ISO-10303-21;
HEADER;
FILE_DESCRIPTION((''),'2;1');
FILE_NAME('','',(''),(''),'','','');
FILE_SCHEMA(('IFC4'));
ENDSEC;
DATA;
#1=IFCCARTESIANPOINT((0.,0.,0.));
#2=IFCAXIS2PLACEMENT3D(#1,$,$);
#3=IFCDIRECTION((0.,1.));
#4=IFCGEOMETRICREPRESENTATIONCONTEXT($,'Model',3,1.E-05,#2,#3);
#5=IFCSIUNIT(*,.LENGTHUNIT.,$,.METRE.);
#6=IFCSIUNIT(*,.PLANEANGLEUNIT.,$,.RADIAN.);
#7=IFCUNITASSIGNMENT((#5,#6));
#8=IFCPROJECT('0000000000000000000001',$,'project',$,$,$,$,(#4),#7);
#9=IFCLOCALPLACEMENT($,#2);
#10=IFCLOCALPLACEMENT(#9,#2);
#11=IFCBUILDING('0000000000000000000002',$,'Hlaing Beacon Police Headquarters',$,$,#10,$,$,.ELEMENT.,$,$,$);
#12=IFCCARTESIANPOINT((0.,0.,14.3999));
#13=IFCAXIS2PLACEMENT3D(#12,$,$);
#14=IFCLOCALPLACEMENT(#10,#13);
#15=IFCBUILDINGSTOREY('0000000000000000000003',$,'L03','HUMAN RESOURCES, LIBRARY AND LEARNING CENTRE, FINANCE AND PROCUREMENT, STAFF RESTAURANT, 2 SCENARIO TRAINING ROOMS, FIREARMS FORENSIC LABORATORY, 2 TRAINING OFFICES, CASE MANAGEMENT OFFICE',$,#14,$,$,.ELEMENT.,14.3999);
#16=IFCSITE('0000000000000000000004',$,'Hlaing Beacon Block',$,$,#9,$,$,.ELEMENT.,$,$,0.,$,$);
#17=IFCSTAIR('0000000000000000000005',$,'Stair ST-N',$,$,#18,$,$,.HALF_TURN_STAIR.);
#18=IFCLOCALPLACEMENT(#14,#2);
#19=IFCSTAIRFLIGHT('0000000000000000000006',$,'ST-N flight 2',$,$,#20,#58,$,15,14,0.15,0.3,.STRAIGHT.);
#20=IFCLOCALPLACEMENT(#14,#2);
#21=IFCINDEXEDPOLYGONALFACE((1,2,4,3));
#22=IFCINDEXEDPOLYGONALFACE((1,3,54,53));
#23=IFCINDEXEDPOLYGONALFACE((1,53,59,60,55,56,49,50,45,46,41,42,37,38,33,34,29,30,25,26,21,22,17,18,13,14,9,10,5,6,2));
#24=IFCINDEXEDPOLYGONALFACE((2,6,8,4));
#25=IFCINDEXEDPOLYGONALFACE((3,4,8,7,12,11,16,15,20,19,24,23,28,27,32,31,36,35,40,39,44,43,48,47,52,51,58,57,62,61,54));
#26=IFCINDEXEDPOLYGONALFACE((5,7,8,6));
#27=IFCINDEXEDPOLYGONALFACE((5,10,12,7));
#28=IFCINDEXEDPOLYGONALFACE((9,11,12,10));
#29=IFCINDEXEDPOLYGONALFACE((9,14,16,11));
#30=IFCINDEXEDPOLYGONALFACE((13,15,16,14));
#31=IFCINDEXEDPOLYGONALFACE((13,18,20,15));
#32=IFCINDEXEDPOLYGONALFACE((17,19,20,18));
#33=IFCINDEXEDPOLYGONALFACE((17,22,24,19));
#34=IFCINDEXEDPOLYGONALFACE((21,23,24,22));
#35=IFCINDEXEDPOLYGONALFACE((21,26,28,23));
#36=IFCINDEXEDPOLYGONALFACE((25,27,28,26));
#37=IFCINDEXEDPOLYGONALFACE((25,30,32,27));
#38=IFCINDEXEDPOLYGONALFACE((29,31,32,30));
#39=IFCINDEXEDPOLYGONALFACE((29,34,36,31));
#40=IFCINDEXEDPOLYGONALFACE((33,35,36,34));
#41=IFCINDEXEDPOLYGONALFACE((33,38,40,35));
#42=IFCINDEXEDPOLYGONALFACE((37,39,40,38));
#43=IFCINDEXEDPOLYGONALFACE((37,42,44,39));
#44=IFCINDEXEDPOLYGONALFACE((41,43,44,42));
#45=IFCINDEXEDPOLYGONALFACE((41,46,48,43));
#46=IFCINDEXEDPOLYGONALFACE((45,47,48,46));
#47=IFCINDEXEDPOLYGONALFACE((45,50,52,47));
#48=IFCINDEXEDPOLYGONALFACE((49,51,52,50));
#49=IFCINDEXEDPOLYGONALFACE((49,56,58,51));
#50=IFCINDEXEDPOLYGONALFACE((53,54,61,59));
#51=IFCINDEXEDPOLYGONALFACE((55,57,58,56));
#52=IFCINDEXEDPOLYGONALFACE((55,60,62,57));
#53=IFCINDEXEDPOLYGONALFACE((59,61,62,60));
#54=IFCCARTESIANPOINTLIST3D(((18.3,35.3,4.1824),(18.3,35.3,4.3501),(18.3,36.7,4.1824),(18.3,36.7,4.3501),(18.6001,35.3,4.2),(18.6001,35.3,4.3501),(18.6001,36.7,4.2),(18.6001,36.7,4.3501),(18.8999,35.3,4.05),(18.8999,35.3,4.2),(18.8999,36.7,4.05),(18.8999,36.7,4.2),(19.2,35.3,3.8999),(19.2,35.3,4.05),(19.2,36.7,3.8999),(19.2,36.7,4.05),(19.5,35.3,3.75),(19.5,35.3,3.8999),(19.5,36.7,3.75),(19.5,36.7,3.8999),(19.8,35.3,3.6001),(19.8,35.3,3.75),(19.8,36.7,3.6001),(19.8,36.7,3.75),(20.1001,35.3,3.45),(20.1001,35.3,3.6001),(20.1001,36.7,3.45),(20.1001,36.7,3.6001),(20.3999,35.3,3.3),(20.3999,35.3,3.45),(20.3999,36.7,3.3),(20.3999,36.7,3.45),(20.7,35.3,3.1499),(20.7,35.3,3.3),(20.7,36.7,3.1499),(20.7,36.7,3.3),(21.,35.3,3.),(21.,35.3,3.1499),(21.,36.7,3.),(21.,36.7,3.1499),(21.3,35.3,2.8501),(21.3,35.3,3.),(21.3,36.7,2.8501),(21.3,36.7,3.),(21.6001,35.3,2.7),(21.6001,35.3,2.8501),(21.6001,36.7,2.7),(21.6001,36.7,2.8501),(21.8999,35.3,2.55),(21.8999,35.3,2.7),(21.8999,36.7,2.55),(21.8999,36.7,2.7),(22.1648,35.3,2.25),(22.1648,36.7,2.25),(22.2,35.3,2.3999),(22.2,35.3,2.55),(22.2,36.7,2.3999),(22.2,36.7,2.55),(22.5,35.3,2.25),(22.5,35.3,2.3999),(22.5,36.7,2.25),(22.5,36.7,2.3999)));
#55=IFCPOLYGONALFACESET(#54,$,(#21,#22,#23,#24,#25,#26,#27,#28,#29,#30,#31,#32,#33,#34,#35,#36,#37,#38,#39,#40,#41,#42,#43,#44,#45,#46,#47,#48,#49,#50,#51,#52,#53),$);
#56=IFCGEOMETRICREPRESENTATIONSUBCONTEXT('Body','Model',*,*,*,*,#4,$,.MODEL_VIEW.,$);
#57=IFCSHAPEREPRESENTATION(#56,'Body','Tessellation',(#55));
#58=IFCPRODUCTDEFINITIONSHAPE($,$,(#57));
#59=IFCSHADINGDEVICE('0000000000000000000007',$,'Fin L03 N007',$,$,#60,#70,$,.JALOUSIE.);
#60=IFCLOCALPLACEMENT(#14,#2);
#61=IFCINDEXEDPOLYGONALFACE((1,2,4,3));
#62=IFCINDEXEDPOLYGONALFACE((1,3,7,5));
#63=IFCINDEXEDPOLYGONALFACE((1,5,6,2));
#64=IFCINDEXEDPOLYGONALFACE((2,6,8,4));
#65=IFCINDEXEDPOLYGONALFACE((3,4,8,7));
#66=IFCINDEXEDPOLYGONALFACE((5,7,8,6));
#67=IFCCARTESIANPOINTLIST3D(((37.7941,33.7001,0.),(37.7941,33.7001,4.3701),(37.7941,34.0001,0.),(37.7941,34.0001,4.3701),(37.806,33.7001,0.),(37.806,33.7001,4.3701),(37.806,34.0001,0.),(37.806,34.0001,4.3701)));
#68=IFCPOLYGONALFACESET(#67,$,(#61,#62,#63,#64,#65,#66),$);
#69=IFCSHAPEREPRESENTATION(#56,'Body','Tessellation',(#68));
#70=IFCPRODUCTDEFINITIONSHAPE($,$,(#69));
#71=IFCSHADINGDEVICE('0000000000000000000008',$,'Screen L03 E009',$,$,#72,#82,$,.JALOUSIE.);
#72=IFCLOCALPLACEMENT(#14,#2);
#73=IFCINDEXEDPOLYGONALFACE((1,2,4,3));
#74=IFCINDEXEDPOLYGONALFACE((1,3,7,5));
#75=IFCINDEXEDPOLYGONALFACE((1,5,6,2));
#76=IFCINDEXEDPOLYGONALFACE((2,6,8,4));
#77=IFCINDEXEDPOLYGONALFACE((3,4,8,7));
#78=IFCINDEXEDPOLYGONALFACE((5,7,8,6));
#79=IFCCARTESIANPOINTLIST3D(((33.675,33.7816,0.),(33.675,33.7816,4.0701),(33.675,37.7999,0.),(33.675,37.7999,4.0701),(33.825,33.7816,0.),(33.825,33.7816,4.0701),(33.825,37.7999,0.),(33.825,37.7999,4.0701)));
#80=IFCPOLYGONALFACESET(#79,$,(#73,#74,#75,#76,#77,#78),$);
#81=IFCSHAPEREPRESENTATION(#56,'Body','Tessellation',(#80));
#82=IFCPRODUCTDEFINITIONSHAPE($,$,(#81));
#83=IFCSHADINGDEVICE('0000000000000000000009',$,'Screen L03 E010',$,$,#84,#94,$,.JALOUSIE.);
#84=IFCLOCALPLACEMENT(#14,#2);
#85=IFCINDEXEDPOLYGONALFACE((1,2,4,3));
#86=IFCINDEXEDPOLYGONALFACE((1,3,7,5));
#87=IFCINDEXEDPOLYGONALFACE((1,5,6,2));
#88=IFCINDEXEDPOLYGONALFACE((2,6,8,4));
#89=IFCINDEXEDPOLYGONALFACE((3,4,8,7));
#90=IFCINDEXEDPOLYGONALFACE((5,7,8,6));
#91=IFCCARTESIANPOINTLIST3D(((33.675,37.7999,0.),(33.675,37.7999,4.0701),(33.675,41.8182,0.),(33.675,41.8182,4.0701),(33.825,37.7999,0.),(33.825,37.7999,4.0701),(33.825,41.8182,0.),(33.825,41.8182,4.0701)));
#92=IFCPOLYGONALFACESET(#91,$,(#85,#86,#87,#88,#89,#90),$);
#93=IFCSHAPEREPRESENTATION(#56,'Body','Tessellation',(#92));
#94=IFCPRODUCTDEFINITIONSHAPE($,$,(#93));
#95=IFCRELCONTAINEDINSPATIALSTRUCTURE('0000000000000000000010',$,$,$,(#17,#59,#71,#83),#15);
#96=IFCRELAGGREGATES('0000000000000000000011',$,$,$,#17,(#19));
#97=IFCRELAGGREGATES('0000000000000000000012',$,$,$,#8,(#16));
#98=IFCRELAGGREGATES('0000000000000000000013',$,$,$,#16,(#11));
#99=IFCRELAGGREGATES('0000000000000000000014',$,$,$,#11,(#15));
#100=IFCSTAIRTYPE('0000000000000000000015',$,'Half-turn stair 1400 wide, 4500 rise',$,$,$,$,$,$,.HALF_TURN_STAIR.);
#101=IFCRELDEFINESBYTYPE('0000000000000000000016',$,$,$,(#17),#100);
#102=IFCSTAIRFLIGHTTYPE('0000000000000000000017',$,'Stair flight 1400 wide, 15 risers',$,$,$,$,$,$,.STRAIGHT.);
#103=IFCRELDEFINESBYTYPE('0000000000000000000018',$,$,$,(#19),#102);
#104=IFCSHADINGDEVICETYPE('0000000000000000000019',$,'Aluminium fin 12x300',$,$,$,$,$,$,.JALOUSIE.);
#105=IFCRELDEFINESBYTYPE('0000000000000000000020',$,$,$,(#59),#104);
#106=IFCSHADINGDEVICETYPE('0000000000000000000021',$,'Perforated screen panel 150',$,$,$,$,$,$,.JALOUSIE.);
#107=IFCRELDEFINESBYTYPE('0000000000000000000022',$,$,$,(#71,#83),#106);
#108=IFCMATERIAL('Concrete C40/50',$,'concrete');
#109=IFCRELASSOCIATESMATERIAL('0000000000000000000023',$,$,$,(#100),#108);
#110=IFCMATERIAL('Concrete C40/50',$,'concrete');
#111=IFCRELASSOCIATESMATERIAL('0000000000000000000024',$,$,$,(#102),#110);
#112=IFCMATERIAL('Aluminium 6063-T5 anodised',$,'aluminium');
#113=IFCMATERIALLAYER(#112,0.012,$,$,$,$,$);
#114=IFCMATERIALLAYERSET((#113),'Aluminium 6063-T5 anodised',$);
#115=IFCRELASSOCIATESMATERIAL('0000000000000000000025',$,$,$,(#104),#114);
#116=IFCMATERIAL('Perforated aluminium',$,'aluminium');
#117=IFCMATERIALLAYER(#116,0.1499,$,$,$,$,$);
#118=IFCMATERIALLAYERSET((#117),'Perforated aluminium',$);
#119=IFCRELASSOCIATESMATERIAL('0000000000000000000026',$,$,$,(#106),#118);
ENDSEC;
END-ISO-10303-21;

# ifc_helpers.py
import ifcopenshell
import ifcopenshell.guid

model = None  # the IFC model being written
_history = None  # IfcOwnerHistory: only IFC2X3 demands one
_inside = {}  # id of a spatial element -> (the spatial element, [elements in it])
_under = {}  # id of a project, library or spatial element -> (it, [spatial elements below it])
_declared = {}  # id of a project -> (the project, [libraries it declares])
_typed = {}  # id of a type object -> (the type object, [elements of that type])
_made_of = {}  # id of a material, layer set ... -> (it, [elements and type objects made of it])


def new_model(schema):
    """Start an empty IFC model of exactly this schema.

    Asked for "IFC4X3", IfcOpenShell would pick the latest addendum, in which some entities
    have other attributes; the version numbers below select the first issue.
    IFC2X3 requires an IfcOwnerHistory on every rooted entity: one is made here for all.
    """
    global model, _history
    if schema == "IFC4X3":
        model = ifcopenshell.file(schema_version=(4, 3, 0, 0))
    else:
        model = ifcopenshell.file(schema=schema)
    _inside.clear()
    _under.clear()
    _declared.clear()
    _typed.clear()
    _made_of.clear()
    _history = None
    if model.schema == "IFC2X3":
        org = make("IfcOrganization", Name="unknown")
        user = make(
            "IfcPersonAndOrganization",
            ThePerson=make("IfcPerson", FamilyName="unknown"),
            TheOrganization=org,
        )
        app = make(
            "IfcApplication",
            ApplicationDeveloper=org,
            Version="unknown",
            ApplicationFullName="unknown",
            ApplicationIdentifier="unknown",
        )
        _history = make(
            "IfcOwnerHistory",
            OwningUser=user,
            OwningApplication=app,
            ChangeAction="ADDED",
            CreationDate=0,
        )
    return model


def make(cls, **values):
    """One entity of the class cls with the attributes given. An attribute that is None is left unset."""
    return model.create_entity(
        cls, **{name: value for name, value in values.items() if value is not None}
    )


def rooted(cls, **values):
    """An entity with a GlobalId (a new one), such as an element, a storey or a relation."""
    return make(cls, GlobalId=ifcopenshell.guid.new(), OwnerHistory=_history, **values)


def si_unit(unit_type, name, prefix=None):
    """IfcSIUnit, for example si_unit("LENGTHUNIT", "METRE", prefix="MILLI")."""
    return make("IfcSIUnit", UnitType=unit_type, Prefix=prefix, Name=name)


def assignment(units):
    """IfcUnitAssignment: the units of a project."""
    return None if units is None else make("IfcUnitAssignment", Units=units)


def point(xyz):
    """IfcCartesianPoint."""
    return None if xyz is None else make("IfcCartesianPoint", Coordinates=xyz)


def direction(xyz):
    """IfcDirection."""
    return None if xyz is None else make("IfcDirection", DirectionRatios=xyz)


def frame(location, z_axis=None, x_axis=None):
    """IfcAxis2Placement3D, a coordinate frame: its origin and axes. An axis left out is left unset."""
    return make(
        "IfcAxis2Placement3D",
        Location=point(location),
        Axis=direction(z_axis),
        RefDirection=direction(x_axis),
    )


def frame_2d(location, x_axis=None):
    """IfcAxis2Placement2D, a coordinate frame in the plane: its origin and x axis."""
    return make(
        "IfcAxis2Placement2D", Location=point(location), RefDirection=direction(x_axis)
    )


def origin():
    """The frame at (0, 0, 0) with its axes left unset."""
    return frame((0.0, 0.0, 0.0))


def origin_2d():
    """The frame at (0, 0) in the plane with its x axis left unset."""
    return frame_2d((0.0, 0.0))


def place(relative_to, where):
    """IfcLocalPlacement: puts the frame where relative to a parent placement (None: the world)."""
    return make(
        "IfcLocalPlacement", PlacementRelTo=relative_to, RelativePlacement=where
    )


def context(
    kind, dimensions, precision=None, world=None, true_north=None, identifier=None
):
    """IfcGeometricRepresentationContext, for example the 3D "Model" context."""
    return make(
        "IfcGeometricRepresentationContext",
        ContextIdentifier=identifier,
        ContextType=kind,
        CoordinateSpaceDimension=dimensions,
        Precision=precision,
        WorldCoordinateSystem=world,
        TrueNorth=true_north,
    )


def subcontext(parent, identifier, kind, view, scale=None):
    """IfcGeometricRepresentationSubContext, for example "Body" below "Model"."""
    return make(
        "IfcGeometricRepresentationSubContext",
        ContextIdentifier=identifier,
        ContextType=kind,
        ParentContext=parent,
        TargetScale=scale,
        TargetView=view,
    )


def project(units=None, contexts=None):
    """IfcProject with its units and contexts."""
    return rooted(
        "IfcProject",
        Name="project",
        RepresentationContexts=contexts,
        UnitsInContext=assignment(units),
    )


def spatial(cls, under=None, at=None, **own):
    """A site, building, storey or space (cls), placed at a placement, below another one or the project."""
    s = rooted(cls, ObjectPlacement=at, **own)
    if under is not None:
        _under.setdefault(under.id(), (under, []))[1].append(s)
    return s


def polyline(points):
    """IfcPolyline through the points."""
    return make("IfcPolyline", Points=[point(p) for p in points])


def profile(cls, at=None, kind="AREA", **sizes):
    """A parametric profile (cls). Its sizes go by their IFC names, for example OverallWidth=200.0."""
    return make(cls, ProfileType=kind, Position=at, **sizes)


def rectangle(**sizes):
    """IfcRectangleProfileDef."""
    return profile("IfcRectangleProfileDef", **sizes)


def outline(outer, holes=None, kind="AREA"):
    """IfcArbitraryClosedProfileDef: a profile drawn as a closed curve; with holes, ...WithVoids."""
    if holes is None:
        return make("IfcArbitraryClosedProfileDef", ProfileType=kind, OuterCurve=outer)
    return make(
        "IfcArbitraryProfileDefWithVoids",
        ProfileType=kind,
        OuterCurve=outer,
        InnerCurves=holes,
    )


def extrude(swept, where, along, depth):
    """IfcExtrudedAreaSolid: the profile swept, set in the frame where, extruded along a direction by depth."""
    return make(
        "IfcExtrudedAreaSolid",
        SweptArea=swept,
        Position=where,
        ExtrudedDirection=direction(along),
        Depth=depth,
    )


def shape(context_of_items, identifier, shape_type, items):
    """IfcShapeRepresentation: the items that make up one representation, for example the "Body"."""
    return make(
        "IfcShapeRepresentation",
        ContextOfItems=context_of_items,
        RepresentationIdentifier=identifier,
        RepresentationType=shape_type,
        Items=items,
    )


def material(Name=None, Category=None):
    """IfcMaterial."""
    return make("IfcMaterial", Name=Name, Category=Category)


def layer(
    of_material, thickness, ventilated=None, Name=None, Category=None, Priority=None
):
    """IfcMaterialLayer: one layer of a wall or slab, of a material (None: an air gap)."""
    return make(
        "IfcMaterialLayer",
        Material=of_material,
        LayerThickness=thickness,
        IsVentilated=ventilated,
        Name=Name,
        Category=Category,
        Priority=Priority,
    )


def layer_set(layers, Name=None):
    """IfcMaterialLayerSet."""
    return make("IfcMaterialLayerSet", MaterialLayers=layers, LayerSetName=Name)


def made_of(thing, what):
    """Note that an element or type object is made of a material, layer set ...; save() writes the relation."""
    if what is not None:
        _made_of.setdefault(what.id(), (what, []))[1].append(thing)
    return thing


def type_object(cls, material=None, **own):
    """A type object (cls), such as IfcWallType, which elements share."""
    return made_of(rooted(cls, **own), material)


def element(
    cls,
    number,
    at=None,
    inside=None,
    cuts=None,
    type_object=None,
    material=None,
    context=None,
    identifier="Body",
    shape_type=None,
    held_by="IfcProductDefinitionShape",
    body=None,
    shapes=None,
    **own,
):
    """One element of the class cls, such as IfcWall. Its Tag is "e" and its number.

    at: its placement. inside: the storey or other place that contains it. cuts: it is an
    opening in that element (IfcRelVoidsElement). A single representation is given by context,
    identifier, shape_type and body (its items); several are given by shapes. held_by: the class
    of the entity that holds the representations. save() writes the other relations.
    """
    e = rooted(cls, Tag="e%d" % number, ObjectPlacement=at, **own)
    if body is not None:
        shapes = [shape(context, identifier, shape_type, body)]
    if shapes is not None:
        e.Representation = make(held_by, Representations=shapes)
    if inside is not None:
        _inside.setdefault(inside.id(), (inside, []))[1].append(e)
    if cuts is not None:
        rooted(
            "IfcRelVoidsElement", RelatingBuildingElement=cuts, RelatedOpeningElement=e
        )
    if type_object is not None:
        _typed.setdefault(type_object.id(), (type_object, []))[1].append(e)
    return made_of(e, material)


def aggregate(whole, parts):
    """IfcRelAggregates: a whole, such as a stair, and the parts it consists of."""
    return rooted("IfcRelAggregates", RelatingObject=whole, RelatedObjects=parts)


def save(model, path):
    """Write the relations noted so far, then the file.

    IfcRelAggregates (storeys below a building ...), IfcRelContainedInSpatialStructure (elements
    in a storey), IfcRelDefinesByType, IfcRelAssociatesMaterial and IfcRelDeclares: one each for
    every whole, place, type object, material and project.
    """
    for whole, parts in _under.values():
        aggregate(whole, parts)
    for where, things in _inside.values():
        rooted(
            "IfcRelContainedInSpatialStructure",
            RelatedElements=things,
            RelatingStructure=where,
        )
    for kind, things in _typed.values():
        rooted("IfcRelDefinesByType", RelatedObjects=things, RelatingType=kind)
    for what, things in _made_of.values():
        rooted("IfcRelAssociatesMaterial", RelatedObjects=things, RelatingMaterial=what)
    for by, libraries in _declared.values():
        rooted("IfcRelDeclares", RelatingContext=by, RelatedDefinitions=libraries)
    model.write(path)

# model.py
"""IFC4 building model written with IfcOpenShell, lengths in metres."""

from ifc_helpers import new_model, si_unit, direction, frame, origin, origin_2d, place, context, subcontext, project, spatial, polyline, rectangle, outline, extrude, material, layer, layer_set, type_object, element, aggregate, save


model = new_model("IFC4")

# Units and contexts
model_context = context("Model", 3, precision=1e-05, world=origin(), true_north=direction((0.0, 1.0)))
body_context = subcontext(model_context, "Body", "Model", "MODEL_VIEW")
ifc_project = project(units=[si_unit("LENGTHUNIT", "METRE"), si_unit("PLANEANGLEUNIT", "RADIAN")], contexts=[model_context])

# Site, building, storey
site_placement = place(None, origin())
site = spatial("IfcSite", under=ifc_project, at=site_placement, Name="Hlaing Beacon Block", CompositionType="ELEMENT", RefElevation=0.0)
building_placement = place(site_placement, origin())
building = spatial("IfcBuilding", under=site, at=building_placement, Name="Hlaing Beacon Police Headquarters", CompositionType="ELEMENT")
storey_placement = place(building_placement, frame((0.0, 0.0, 14.3999)))
storey = spatial("IfcBuildingStorey", under=building, at=storey_placement, Name="L03", Description="HUMAN RESOURCES, LIBRARY AND LEARNING CENTRE, FINANCE AND PROCUREMENT, STAFF RESTAURANT, 2 SCENARIO TRAINING ROOMS, FIREARMS FORENSIC LABORATORY, 2 TRAINING OFFICES, CASE MANAGEMENT OFFICE", CompositionType="ELEMENT", Elevation=14.3999)

# Stair, stair flight
ifc_material_1 = material(Name="Concrete C40/50", Category="concrete")
stair_type = type_object("IfcStairType", Name="Half-turn stair 1400 wide, 4500 rise", PredefinedType="HALF_TURN_STAIR", material=ifc_material_1)
stair_placement = place(storey_placement, origin())
stair = element("IfcStair", 1, at=stair_placement, inside=storey, type_object=stair_type, Name="Stair ST-N", PredefinedType="HALF_TURN_STAIR")
ifc_material_2 = material(Name="Concrete C40/50", Category="concrete")
stair_flight_type = type_object("IfcStairFlightType", Name="Stair flight 1400 wide, 15 risers", PredefinedType="STRAIGHT", material=ifc_material_2)
stair_flight_placement = place(storey_placement, frame((22.5, 36.0, 2.25), z_axis=(0.0, 0.0, 1.0), x_axis=(-1.0, 0.0, 0.0)))
stair_flight = element("IfcStairFlight", 2, at=stair_flight_placement, type_object=stair_flight_type, Name="ST-N flight 2", NumberOfRisers=15, NumberOfTreads=14, PredefinedType="STRAIGHT", RiserHeight=0.15, TreadLength=0.3, context=body_context, shape_type="SweptSolid", body=[
    extrude(outline(polyline([(0.0, 0.0), (0.0, 0.1499), (0.3, 0.1499), (0.3, 0.3), (0.6001, 0.3), (0.6001, 0.45), (0.8999, 0.45), (0.8999, 0.6001), (1.2, 0.6001), (1.2, 0.75), (1.5, 0.75), (1.5, 0.8999), (1.8, 0.8999), (1.8, 1.05), (2.1001, 1.05), (2.1001, 1.2), (2.3999, 1.2), (2.3999, 1.3501), (2.7, 1.3501), (2.7, 1.5), (3.0, 1.5), (3.0, 1.6499), (3.3, 1.6499), (3.3, 1.8), (3.6001, 1.8), (3.6001, 1.95), (3.8999, 1.95), (3.8999, 2.1001), (4.2, 2.1001), (4.2, 2.25), (4.2, 1.9324), (0.3352, 0.0), (0.0, 0.0)])), frame((0.0, 0.7, 0.0), z_axis=(0.0, -1.0, 0.0), x_axis=(1.0, 0.0, 0.0)), (0.0, 0.0, 1.0), 1.3999),
])
aggregate(stair, [stair_flight])

# Shading devices
ifc_material_3 = material(Name="Aluminium 6063-T5 anodised", Category="aluminium")
ifc_layer_1 = layer(ifc_material_3, 0.012)
ifc_layer_set_1 = layer_set([ifc_layer_1], Name="Aluminium 6063-T5 anodised")
shading_device_type_1 = type_object("IfcShadingDeviceType", Name="Aluminium fin 12x300", PredefinedType="JALOUSIE", material=ifc_layer_set_1)
shading_device_placement = place(storey_placement, frame((37.8, 33.8501, 0.0), z_axis=(0.0, 0.0, 1.0), x_axis=(-1.0, 0.0, 0.0)))
element("IfcShadingDevice", 3, at=shading_device_placement, inside=storey, type_object=shading_device_type_1, Name="Fin L03 N007", PredefinedType="JALOUSIE", context=body_context, shape_type="SweptSolid", body=[
    extrude(rectangle(XDim=0.012, YDim=0.3, at=origin_2d()), origin(), (0.0, 0.0, 1.0), 4.3701),
])
ifc_material_4 = material(Name="Perforated aluminium", Category="aluminium")
ifc_layer_2 = layer(ifc_material_4, 0.1499)
ifc_layer_set_2 = layer_set([ifc_layer_2], Name="Perforated aluminium")
shading_device_type_2 = type_object("IfcShadingDeviceType", Name="Perforated screen panel 150", PredefinedType="JALOUSIE", material=ifc_layer_set_2)
for number, where, z_axis, x_axis, name in (
    (4, (33.75, 35.7908, 0.0), (0.0, 0.0, 1.0), (0.0, 1.0, 0.0), "Screen L03 E009"),
    (5, (33.75, 39.8091, 0.0), (0.0, 0.0, 1.0), (0.0, 1.0, 0.0), "Screen L03 E010"),
):
    element("IfcShadingDevice", number, at=place(storey_placement, frame(where, z_axis=z_axis, x_axis=x_axis)), inside=storey, type_object=shading_device_type_2, Name=name, PredefinedType="JALOUSIE", context=body_context, shape_type="SweptSolid", body=[
        extrude(rectangle(XDim=4.0183, YDim=0.1499, at=origin_2d()), origin(), (0.0, 0.0, 1.0), 4.0701),
    ])

save(model, "model.ifc")
